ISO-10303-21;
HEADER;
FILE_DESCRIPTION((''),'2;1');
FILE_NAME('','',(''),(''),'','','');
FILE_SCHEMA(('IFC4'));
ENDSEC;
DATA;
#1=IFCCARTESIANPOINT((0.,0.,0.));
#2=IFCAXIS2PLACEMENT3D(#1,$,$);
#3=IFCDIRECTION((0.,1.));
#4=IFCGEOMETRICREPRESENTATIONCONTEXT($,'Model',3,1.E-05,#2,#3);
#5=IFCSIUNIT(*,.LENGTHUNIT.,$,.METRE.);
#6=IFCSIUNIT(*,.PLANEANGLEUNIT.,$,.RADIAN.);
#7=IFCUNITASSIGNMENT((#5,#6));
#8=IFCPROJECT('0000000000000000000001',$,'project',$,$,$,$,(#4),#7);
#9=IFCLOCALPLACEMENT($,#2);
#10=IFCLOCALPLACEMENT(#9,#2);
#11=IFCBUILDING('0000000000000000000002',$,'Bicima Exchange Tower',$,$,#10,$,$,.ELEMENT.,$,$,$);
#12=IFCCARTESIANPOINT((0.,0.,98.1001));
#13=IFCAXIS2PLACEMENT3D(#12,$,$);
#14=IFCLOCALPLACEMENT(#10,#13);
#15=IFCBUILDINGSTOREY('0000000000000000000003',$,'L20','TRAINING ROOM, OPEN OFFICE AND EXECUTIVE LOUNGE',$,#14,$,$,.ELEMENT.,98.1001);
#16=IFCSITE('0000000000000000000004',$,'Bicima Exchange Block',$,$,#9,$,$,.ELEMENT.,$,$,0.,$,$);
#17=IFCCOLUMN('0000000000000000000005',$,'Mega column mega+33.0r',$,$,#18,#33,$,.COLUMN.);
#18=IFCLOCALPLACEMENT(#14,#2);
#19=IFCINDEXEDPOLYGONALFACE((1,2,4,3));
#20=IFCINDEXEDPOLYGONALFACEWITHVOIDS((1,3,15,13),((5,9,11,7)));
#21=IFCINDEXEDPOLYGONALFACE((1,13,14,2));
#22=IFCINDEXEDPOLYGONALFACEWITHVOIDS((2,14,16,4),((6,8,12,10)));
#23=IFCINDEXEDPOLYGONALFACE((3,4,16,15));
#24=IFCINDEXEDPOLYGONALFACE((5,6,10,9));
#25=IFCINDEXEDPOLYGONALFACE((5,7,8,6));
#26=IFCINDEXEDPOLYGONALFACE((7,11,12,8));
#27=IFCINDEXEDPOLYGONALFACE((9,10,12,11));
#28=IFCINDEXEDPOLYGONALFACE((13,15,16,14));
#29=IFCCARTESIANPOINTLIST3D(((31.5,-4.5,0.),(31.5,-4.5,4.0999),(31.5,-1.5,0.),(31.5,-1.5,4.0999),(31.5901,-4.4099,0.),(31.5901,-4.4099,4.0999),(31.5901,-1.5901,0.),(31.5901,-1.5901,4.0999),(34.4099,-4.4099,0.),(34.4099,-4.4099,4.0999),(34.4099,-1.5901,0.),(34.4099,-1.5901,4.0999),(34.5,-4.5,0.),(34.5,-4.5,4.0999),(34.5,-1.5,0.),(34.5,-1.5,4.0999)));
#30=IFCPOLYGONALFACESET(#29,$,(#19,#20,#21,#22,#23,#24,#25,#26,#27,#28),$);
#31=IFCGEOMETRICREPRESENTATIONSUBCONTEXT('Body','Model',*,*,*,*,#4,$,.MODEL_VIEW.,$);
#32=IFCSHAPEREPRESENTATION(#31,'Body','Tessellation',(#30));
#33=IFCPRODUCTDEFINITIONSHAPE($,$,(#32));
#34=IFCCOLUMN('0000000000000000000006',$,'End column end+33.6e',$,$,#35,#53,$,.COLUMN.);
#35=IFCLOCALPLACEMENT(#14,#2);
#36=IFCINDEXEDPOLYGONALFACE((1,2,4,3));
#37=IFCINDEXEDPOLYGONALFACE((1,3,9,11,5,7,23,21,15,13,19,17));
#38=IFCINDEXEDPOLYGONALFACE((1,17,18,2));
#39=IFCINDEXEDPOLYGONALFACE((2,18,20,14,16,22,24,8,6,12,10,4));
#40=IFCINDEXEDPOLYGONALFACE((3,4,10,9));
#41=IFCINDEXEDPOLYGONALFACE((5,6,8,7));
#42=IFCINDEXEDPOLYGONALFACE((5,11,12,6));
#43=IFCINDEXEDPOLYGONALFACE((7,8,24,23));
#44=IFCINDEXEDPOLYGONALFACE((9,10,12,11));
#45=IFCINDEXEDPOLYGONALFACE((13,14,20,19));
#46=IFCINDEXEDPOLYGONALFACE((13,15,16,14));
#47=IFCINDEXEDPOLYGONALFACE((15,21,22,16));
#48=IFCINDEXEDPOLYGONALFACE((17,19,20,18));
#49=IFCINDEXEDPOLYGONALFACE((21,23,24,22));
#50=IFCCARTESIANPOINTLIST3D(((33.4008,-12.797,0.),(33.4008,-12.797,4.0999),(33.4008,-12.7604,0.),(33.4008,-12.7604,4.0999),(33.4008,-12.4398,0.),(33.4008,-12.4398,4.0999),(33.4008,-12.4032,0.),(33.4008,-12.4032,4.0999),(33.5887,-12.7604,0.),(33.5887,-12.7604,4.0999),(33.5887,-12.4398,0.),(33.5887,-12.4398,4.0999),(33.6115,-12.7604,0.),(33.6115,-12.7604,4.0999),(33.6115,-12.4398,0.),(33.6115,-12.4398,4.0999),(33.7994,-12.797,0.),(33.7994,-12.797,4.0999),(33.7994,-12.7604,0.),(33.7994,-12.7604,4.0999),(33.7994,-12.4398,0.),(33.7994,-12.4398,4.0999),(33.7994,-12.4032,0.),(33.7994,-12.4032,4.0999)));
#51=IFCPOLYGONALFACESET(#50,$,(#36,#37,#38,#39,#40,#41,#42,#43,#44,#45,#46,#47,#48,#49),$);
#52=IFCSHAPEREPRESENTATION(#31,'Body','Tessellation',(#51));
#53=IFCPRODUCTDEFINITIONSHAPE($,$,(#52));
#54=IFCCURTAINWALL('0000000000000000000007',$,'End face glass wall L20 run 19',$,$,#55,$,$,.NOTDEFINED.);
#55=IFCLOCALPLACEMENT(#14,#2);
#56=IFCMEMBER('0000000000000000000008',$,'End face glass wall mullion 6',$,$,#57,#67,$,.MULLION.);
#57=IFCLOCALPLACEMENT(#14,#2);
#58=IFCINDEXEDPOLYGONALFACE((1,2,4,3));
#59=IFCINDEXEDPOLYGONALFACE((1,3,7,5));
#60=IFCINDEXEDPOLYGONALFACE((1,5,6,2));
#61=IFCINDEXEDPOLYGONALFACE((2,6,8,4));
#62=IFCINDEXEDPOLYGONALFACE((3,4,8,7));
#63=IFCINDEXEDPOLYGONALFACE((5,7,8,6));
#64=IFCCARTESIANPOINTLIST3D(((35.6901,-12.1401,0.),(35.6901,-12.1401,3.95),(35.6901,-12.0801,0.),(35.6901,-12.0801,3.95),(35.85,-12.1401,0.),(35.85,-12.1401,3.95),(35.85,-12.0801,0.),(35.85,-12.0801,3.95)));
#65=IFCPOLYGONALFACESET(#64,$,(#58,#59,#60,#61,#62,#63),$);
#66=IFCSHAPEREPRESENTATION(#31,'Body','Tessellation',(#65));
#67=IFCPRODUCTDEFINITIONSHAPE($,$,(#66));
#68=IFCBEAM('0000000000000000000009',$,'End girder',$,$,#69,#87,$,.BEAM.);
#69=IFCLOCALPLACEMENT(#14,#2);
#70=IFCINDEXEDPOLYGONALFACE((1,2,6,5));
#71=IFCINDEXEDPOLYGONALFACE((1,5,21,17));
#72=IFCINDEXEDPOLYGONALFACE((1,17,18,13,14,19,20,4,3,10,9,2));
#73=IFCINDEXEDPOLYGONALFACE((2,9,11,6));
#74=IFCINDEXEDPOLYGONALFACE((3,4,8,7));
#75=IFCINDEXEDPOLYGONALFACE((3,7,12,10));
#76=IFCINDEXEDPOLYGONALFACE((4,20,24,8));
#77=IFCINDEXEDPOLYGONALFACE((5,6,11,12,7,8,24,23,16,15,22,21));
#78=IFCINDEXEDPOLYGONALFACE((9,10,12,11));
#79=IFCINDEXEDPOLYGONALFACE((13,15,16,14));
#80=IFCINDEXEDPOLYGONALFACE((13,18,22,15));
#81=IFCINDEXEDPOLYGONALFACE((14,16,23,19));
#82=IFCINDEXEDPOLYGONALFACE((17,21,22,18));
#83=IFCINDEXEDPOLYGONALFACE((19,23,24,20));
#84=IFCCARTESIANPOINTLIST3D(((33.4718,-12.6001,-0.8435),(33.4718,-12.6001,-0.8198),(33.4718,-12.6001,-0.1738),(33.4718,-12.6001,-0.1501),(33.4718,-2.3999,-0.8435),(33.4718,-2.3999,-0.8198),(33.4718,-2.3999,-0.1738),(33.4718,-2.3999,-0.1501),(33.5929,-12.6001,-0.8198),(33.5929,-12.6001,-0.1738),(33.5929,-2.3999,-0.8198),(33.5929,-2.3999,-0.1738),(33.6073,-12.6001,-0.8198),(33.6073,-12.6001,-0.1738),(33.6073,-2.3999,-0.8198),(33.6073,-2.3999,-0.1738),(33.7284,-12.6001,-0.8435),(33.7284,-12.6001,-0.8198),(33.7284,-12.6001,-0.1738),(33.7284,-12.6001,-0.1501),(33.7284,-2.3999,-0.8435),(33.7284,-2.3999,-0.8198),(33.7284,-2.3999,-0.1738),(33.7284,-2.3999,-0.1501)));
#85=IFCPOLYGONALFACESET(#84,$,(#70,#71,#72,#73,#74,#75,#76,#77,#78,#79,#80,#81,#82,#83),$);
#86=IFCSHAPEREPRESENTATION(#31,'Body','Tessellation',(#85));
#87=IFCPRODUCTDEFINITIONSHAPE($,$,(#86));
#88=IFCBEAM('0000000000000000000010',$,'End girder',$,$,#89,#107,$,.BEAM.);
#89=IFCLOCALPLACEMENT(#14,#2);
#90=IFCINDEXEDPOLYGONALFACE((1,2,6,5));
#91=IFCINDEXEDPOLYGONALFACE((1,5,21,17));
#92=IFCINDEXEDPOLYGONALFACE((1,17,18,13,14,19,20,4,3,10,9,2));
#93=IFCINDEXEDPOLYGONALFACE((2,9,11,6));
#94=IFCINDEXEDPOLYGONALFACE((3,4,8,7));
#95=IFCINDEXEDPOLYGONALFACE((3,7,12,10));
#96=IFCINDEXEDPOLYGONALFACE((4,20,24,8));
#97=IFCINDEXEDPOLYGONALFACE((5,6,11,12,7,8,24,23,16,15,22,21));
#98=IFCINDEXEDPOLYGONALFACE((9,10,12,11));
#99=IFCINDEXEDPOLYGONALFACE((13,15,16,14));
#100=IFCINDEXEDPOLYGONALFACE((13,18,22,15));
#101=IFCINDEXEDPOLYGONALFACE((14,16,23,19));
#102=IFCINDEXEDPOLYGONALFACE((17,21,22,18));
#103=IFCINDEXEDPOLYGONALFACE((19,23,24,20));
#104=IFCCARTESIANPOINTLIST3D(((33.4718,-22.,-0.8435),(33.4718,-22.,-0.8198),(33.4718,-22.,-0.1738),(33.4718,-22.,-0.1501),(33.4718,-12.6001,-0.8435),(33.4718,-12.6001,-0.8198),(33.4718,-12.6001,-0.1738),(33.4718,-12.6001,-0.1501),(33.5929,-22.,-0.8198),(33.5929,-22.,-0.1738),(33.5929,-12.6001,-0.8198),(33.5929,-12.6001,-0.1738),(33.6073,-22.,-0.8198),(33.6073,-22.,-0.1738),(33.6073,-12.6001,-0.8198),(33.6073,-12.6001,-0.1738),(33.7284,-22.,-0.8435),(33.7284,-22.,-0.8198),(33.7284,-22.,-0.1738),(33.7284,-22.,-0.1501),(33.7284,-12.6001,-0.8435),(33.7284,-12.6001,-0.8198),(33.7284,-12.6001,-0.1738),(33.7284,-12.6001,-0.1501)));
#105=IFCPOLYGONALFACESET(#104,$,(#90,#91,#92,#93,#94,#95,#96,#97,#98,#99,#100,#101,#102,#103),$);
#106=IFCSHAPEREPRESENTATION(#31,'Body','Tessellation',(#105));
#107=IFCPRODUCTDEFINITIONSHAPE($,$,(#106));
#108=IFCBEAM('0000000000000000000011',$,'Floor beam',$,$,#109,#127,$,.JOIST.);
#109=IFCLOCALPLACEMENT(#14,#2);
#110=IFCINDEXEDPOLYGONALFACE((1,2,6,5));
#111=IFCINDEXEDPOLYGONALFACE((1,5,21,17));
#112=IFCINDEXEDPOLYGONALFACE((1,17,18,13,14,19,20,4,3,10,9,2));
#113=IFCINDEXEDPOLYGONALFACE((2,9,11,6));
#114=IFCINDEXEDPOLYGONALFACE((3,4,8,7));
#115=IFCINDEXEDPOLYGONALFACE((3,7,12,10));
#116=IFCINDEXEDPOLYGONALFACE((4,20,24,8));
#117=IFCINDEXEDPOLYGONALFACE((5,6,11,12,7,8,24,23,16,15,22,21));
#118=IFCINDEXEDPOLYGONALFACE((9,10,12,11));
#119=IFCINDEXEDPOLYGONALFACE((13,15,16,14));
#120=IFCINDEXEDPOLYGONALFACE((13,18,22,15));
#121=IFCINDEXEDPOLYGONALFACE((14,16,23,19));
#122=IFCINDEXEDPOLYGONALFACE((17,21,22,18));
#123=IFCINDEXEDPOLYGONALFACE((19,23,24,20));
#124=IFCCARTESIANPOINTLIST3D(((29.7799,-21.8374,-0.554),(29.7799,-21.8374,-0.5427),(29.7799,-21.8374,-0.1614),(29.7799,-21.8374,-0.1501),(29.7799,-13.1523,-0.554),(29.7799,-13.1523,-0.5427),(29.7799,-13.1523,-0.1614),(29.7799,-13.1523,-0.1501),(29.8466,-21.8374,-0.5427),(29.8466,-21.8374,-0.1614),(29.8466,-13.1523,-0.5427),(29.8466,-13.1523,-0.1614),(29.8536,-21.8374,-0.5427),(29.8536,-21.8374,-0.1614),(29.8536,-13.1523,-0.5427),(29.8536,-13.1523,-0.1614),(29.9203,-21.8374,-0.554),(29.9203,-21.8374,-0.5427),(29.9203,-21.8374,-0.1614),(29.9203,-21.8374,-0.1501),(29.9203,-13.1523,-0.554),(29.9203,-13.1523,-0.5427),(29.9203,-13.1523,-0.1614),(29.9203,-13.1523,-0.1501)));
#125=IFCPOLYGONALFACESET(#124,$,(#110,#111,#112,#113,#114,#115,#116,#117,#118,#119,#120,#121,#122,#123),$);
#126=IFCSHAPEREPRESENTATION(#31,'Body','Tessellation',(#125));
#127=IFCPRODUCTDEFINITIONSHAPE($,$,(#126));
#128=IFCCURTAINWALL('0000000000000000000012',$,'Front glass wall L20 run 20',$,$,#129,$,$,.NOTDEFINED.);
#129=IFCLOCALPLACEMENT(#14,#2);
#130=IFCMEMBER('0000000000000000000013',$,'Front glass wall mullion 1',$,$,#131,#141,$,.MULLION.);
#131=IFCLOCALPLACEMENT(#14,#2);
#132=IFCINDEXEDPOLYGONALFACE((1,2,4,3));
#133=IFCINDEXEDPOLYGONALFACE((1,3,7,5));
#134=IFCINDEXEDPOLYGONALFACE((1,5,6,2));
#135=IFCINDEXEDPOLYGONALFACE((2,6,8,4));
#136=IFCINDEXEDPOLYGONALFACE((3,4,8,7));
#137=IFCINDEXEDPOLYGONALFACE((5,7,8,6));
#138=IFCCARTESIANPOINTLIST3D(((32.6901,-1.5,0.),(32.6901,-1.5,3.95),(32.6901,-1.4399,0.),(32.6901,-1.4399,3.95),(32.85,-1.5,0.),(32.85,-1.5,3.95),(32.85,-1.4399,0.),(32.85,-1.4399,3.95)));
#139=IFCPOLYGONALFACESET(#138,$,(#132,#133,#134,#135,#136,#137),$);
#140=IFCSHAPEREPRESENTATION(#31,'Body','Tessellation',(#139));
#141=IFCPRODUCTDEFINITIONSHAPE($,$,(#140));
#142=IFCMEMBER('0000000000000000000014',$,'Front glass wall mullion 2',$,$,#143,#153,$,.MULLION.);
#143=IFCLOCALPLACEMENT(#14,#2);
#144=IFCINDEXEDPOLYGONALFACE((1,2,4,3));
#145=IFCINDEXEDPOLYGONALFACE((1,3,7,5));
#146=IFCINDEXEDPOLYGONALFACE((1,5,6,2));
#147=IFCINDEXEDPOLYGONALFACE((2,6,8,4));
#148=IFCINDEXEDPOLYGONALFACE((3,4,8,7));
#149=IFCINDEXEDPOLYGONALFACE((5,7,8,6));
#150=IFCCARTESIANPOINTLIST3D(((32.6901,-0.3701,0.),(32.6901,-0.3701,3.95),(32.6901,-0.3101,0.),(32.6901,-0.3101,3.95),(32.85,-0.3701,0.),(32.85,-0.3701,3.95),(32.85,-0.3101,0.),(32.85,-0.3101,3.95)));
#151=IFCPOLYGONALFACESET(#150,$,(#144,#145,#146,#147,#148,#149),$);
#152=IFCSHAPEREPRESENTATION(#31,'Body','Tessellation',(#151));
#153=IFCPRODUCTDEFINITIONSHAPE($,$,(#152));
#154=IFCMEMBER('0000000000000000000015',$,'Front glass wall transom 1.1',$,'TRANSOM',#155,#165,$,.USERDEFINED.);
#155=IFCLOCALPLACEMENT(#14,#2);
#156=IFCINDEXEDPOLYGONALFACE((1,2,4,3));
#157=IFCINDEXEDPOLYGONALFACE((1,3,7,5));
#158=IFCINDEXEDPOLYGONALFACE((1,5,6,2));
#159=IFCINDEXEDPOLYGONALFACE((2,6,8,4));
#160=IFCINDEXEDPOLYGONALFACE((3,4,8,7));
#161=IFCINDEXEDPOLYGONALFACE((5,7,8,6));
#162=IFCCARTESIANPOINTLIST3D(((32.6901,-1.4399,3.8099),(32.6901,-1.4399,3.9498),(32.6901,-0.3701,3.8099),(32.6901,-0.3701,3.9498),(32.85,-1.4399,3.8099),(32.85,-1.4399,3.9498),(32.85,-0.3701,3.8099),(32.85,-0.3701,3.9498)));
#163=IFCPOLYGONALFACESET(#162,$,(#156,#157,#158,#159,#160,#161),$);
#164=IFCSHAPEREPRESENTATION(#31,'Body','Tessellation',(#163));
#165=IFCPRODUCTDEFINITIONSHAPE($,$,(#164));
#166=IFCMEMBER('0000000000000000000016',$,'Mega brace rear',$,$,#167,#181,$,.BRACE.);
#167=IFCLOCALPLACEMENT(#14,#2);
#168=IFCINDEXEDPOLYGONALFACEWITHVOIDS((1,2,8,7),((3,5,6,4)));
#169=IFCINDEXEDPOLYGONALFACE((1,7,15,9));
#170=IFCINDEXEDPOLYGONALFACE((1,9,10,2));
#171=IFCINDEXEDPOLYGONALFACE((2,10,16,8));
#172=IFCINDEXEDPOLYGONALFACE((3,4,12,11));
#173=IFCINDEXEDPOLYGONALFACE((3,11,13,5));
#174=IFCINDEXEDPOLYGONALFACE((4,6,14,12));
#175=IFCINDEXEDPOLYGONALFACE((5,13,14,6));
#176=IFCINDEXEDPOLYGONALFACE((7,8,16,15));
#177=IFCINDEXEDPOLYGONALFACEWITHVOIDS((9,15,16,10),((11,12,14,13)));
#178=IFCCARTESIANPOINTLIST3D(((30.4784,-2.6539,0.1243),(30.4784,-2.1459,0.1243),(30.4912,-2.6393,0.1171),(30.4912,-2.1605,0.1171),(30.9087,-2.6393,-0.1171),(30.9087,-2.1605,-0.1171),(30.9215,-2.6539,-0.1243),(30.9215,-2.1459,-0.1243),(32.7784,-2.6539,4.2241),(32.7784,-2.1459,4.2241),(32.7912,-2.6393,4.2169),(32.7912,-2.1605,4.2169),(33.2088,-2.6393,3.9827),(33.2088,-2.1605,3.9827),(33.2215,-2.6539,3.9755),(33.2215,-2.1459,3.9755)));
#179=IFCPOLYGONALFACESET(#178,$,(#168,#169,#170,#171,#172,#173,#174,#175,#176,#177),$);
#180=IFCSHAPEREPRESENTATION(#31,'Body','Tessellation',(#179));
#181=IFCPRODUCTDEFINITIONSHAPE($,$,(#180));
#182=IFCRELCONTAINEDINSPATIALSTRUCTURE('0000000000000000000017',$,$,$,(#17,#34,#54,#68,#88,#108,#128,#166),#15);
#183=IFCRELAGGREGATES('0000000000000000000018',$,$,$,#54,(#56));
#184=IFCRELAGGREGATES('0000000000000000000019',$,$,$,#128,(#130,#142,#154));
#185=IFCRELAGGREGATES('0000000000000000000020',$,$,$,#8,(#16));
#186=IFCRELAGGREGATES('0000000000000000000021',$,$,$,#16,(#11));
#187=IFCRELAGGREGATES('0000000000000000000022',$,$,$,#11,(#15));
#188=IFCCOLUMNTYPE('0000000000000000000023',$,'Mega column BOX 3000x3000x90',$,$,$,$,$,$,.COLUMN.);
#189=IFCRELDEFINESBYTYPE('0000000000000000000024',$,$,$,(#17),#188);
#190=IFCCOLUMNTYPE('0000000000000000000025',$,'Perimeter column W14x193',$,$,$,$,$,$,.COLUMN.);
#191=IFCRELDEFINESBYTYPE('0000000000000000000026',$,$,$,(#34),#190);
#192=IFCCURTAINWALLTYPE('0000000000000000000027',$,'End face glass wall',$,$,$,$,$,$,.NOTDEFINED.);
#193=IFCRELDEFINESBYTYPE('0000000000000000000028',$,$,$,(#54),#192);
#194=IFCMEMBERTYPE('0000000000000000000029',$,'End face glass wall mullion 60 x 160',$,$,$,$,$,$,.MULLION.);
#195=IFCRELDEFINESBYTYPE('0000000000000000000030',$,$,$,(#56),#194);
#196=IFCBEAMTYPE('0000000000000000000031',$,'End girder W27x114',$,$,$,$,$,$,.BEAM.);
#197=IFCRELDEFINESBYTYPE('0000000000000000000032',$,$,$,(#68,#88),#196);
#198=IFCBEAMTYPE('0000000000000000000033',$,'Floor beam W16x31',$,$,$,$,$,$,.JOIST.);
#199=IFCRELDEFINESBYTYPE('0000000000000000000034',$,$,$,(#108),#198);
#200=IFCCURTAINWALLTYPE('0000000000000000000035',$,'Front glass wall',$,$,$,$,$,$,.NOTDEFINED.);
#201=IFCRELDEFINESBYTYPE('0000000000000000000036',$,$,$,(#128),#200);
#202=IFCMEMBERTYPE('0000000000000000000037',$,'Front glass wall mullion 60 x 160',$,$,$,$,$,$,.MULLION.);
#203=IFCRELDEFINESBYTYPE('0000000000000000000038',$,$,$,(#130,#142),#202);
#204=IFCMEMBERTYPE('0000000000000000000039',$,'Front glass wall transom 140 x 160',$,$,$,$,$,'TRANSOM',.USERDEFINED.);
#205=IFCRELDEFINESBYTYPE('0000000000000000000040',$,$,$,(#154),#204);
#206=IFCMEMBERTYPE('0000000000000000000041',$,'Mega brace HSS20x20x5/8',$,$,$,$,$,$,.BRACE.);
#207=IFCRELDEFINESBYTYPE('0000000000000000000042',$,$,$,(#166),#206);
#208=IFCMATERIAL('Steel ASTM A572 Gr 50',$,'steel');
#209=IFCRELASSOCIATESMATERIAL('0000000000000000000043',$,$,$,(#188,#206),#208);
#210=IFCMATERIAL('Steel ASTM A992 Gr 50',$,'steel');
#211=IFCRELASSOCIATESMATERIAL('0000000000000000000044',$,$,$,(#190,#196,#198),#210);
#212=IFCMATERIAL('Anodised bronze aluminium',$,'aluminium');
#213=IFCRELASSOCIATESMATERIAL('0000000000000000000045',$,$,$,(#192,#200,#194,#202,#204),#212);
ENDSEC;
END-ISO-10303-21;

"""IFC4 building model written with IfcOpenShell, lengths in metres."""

from ifc_helpers import new_model, si_unit, direction, frame, origin, origin_2d, place, context, subcontext, project, spatial, rectangle, hollow_rectangle, i_section, extrude, material, material_profile, profile_set, type_object, element, aggregate, save


model = new_model("IFC4")

# Units and contexts
model_context = context("Model", 3, precision=1e-05, world=origin(), true_north=direction((0.0, 1.0)))
body_context = subcontext(model_context, "Body", "Model", "MODEL_VIEW")
ifc_project = project(units=[si_unit("LENGTHUNIT", "METRE"), si_unit("PLANEANGLEUNIT", "RADIAN")], contexts=[model_context])

# Site, building, storey
site_placement = place(None, origin())
site = spatial("IfcSite", under=ifc_project, at=site_placement, Name="Bicima Exchange Block", CompositionType="ELEMENT", RefElevation=0.0)
building_placement = place(site_placement, origin())
building = spatial("IfcBuilding", under=site, at=building_placement, Name="Bicima Exchange Tower", CompositionType="ELEMENT")
storey_placement = place(building_placement, frame((0.0, 0.0, 98.1001)))
storey = spatial("IfcBuildingStorey", under=building, at=storey_placement, Name="L20", Description="TRAINING ROOM, OPEN OFFICE AND EXECUTIVE LOUNGE", CompositionType="ELEMENT", Elevation=98.1001)

# Columns
ifc_material_1 = material(Name="Steel ASTM A572 Gr 50", Category="steel")
ifc_material_profile_1 = material_profile(ifc_material_1, hollow_rectangle(XDim=3.0, YDim=3.0, WallThickness=0.0901, at=origin_2d()))
ifc_profile_set_1 = profile_set([ifc_material_profile_1], Name="Steel ASTM A572 Gr 50")
column_type_1 = type_object("IfcColumnType", Name="Mega column BOX 3000x3000x90", PredefinedType="COLUMN", material=ifc_profile_set_1)
column_1_placement = place(storey_placement, frame((33.0, -3.0, 0.0), z_axis=(0.0, 0.0, 1.0), x_axis=(1.0, 0.0, 0.0)))
element("IfcColumn", 1, at=column_1_placement, inside=storey, type_object=column_type_1, Name="Mega column mega+33.0r", PredefinedType="COLUMN", context=body_context, shape_type="SweptSolid", body=[
    extrude(hollow_rectangle(XDim=3.0, YDim=3.0, WallThickness=0.0901, at=origin_2d()), origin(), (0.0, 0.0, 1.0), 4.0999),
])
ifc_material_2 = material(Name="Steel ASTM A992 Gr 50", Category="steel")
ifc_material_profile_2 = material_profile(ifc_material_2, i_section(OverallWidth=0.3987, OverallDepth=0.3938, WebThickness=0.0227, FlangeThickness=0.0366, at=origin_2d()))
ifc_profile_set_2 = profile_set([ifc_material_profile_2], Name="Steel ASTM A992 Gr 50")
column_type_2 = type_object("IfcColumnType", Name="Perimeter column W14x193", PredefinedType="COLUMN", material=ifc_profile_set_2)
column_2_placement = place(storey_placement, frame((33.6001, -12.6001, 0.0), z_axis=(0.0, 0.0, 1.0), x_axis=(1.0, 0.0, 0.0)))
element("IfcColumn", 2, at=column_2_placement, inside=storey, type_object=column_type_2, Name="End column end+33.6e", PredefinedType="COLUMN", context=body_context, shape_type="SweptSolid", body=[
    extrude(i_section(OverallWidth=0.3987, OverallDepth=0.3938, WebThickness=0.0227, FlangeThickness=0.0366, at=origin_2d()), origin(), (0.0, 0.0, 1.0), 4.0999),
])

# Curtain wall, member
ifc_material_3 = material(Name="Anodised bronze aluminium", Category="aluminium")
curtain_wall_type_1 = type_object("IfcCurtainWallType", Name="End face glass wall", PredefinedType="NOTDEFINED", material=ifc_material_3)
curtain_wall_1_placement = place(storey_placement, origin())
curtain_wall_1 = element("IfcCurtainWall", 3, at=curtain_wall_1_placement, inside=storey, type_object=curtain_wall_type_1, Name="End face glass wall L20 run 19", PredefinedType="NOTDEFINED")
ifc_material_profile_3 = material_profile(ifc_material_3, rectangle(XDim=0.1599, YDim=0.0601, at=origin_2d()))
ifc_profile_set_3 = profile_set([ifc_material_profile_3], Name="Anodised bronze aluminium")
member_type_1 = type_object("IfcMemberType", Name="End face glass wall mullion 60 x 160", PredefinedType="MULLION", material=ifc_profile_set_3)
member_1_placement = place(storey_placement, frame((35.77, -12.1101, 0.0), z_axis=(0.0, 0.0, 1.0), x_axis=(-1.0, 0.0, 0.0)))
member_1 = element("IfcMember", 4, at=member_1_placement, type_object=member_type_1, Name="End face glass wall mullion 6", PredefinedType="MULLION", context=body_context, shape_type="SweptSolid", body=[
    extrude(rectangle(XDim=0.1599, YDim=0.0601, at=origin_2d()), origin(), (0.0, 0.0, 1.0), 3.95),
])

# Beams
ifc_material_profile_4 = material_profile(ifc_material_2, i_section(OverallWidth=0.2566, OverallDepth=0.6934, WebThickness=0.0144, FlangeThickness=0.0237, at=origin_2d()))
ifc_profile_set_4 = profile_set([ifc_material_profile_4], Name="Steel ASTM A992 Gr 50")
beam_type_1 = type_object("IfcBeamType", Name="End girder W27x114", PredefinedType="BEAM", material=ifc_profile_set_4)
beam_1_placement = place(storey_placement, frame((33.6001, -2.3999, -0.4968), z_axis=(0.0, -1.0, 0.0), x_axis=(1.0, 0.0, 0.0)))
element("IfcBeam", 5, at=beam_1_placement, inside=storey, type_object=beam_type_1, Name="End girder", PredefinedType="BEAM", context=body_context, shape_type="SweptSolid", body=[
    extrude(i_section(OverallWidth=0.2566, OverallDepth=0.6934, WebThickness=0.0144, FlangeThickness=0.0237, at=origin_2d()), origin(), (0.0, 0.0, 1.0), 10.2002),
])
beam_2_placement = place(storey_placement, frame((33.6001, -12.6001, -0.4968), z_axis=(0.0, -1.0, 0.0), x_axis=(1.0, 0.0, 0.0)))
element("IfcBeam", 6, at=beam_2_placement, inside=storey, type_object=beam_type_1, Name="End girder", PredefinedType="BEAM", context=body_context, shape_type="SweptSolid", body=[
    extrude(i_section(OverallWidth=0.2566, OverallDepth=0.6934, WebThickness=0.0144, FlangeThickness=0.0237, at=origin_2d()), origin(), (0.0, 0.0, 1.0), 9.3999),
])
ifc_material_profile_5 = material_profile(ifc_material_2, i_section(OverallWidth=0.1404, OverallDepth=0.4038, WebThickness=0.0071, FlangeThickness=0.0112, at=origin_2d()))
ifc_profile_set_5 = profile_set([ifc_material_profile_5], Name="Steel ASTM A992 Gr 50")
beam_type_2 = type_object("IfcBeamType", Name="Floor beam W16x31", PredefinedType="JOIST", material=ifc_profile_set_5)
beam_3_placement = place(storey_placement, frame((29.8501, -13.1523, -0.3521), z_axis=(0.0, -1.0, 0.0), x_axis=(1.0, 0.0, 0.0)))
element("IfcBeam", 7, at=beam_3_placement, inside=storey, type_object=beam_type_2, Name="Floor beam", PredefinedType="JOIST", context=body_context, shape_type="SweptSolid", body=[
    extrude(i_section(OverallWidth=0.1404, OverallDepth=0.4038, WebThickness=0.0071, FlangeThickness=0.0112, at=origin_2d()), origin(), (0.0, 0.0, 1.0), 8.6851),
])

# Curtain wall, members
curtain_wall_type_2 = type_object("IfcCurtainWallType", Name="Front glass wall", PredefinedType="NOTDEFINED", material=ifc_material_3)
curtain_wall_2_placement = place(storey_placement, origin())
curtain_wall_2 = element("IfcCurtainWall", 8, at=curtain_wall_2_placement, inside=storey, type_object=curtain_wall_type_2, Name="Front glass wall L20 run 20", PredefinedType="NOTDEFINED")
member_type_2 = type_object("IfcMemberType", Name="Front glass wall mullion 60 x 160", PredefinedType="MULLION", material=ifc_profile_set_3)
member_2_placement = place(storey_placement, frame((32.77, -1.47, 0.0), z_axis=(0.0, 0.0, 1.0), x_axis=(-1.0, 0.0, 0.0)))
member_2 = element("IfcMember", 9, at=member_2_placement, type_object=member_type_2, Name="Front glass wall mullion 1", PredefinedType="MULLION", context=body_context, shape_type="SweptSolid", body=[
    extrude(rectangle(XDim=0.1599, YDim=0.0601, at=origin_2d()), origin(), (0.0, 0.0, 1.0), 3.95),
])
member_3_placement = place(storey_placement, frame((32.77, -0.3401, 0.0), z_axis=(0.0, 0.0, 1.0), x_axis=(-1.0, 0.0, 0.0)))
member_3 = element("IfcMember", 10, at=member_3_placement, type_object=member_type_2, Name="Front glass wall mullion 2", PredefinedType="MULLION", context=body_context, shape_type="SweptSolid", body=[
    extrude(rectangle(XDim=0.1599, YDim=0.0601, at=origin_2d()), origin(), (0.0, 0.0, 1.0), 3.95),
])
ifc_material_profile_6 = material_profile(ifc_material_3, rectangle(XDim=0.1599, YDim=0.1399, at=origin_2d()))
ifc_profile_set_6 = profile_set([ifc_material_profile_6], Name="Anodised bronze aluminium")
member_type_3 = type_object("IfcMemberType", Name="Front glass wall transom 140 x 160", ElementType="TRANSOM", PredefinedType="USERDEFINED", material=ifc_profile_set_6)
member_4_placement = place(storey_placement, frame((32.77, -1.4399, 3.8799), z_axis=(0.0, 1.0, 0.0), x_axis=(-1.0, 0.0, 0.0)))
member_4 = element("IfcMember", 11, at=member_4_placement, type_object=member_type_3, Name="Front glass wall transom 1.1", ObjectType="TRANSOM", PredefinedType="USERDEFINED", context=body_context, shape_type="SweptSolid", body=[
    extrude(rectangle(XDim=0.1599, YDim=0.1399, at=origin_2d()), origin(), (0.0, 0.0, 1.0), 1.0698),
])

# Member
ifc_material_profile_7 = material_profile(ifc_material_1, hollow_rectangle(XDim=0.5081, YDim=0.5081, WallThickness=0.0146, at=origin_2d()))
ifc_profile_set_7 = profile_set([ifc_material_profile_7], Name="Steel ASTM A572 Gr 50")
member_type_4 = type_object("IfcMemberType", Name="Mega brace HSS20x20x5/8", PredefinedType="BRACE", material=ifc_profile_set_7)
member_5_placement = place(storey_placement, frame((30.7, -2.3999, 0.0), z_axis=(0.489272, 0.0, 0.872131), x_axis=(0.0, 1.0, 0.0)))
element("IfcMember", 12, at=member_5_placement, inside=storey, type_object=member_type_4, Name="Mega brace rear", PredefinedType="BRACE", context=body_context, shape_type="SweptSolid", body=[
    extrude(hollow_rectangle(XDim=0.5081, YDim=0.5081, WallThickness=0.0146, at=origin_2d()), origin(), (0.0, 0.0, 1.0), 4.7009),
])

aggregate(curtain_wall_1, [member_1])
aggregate(curtain_wall_2, [member_2, member_3, member_4])

save(model, "model.ifc")
